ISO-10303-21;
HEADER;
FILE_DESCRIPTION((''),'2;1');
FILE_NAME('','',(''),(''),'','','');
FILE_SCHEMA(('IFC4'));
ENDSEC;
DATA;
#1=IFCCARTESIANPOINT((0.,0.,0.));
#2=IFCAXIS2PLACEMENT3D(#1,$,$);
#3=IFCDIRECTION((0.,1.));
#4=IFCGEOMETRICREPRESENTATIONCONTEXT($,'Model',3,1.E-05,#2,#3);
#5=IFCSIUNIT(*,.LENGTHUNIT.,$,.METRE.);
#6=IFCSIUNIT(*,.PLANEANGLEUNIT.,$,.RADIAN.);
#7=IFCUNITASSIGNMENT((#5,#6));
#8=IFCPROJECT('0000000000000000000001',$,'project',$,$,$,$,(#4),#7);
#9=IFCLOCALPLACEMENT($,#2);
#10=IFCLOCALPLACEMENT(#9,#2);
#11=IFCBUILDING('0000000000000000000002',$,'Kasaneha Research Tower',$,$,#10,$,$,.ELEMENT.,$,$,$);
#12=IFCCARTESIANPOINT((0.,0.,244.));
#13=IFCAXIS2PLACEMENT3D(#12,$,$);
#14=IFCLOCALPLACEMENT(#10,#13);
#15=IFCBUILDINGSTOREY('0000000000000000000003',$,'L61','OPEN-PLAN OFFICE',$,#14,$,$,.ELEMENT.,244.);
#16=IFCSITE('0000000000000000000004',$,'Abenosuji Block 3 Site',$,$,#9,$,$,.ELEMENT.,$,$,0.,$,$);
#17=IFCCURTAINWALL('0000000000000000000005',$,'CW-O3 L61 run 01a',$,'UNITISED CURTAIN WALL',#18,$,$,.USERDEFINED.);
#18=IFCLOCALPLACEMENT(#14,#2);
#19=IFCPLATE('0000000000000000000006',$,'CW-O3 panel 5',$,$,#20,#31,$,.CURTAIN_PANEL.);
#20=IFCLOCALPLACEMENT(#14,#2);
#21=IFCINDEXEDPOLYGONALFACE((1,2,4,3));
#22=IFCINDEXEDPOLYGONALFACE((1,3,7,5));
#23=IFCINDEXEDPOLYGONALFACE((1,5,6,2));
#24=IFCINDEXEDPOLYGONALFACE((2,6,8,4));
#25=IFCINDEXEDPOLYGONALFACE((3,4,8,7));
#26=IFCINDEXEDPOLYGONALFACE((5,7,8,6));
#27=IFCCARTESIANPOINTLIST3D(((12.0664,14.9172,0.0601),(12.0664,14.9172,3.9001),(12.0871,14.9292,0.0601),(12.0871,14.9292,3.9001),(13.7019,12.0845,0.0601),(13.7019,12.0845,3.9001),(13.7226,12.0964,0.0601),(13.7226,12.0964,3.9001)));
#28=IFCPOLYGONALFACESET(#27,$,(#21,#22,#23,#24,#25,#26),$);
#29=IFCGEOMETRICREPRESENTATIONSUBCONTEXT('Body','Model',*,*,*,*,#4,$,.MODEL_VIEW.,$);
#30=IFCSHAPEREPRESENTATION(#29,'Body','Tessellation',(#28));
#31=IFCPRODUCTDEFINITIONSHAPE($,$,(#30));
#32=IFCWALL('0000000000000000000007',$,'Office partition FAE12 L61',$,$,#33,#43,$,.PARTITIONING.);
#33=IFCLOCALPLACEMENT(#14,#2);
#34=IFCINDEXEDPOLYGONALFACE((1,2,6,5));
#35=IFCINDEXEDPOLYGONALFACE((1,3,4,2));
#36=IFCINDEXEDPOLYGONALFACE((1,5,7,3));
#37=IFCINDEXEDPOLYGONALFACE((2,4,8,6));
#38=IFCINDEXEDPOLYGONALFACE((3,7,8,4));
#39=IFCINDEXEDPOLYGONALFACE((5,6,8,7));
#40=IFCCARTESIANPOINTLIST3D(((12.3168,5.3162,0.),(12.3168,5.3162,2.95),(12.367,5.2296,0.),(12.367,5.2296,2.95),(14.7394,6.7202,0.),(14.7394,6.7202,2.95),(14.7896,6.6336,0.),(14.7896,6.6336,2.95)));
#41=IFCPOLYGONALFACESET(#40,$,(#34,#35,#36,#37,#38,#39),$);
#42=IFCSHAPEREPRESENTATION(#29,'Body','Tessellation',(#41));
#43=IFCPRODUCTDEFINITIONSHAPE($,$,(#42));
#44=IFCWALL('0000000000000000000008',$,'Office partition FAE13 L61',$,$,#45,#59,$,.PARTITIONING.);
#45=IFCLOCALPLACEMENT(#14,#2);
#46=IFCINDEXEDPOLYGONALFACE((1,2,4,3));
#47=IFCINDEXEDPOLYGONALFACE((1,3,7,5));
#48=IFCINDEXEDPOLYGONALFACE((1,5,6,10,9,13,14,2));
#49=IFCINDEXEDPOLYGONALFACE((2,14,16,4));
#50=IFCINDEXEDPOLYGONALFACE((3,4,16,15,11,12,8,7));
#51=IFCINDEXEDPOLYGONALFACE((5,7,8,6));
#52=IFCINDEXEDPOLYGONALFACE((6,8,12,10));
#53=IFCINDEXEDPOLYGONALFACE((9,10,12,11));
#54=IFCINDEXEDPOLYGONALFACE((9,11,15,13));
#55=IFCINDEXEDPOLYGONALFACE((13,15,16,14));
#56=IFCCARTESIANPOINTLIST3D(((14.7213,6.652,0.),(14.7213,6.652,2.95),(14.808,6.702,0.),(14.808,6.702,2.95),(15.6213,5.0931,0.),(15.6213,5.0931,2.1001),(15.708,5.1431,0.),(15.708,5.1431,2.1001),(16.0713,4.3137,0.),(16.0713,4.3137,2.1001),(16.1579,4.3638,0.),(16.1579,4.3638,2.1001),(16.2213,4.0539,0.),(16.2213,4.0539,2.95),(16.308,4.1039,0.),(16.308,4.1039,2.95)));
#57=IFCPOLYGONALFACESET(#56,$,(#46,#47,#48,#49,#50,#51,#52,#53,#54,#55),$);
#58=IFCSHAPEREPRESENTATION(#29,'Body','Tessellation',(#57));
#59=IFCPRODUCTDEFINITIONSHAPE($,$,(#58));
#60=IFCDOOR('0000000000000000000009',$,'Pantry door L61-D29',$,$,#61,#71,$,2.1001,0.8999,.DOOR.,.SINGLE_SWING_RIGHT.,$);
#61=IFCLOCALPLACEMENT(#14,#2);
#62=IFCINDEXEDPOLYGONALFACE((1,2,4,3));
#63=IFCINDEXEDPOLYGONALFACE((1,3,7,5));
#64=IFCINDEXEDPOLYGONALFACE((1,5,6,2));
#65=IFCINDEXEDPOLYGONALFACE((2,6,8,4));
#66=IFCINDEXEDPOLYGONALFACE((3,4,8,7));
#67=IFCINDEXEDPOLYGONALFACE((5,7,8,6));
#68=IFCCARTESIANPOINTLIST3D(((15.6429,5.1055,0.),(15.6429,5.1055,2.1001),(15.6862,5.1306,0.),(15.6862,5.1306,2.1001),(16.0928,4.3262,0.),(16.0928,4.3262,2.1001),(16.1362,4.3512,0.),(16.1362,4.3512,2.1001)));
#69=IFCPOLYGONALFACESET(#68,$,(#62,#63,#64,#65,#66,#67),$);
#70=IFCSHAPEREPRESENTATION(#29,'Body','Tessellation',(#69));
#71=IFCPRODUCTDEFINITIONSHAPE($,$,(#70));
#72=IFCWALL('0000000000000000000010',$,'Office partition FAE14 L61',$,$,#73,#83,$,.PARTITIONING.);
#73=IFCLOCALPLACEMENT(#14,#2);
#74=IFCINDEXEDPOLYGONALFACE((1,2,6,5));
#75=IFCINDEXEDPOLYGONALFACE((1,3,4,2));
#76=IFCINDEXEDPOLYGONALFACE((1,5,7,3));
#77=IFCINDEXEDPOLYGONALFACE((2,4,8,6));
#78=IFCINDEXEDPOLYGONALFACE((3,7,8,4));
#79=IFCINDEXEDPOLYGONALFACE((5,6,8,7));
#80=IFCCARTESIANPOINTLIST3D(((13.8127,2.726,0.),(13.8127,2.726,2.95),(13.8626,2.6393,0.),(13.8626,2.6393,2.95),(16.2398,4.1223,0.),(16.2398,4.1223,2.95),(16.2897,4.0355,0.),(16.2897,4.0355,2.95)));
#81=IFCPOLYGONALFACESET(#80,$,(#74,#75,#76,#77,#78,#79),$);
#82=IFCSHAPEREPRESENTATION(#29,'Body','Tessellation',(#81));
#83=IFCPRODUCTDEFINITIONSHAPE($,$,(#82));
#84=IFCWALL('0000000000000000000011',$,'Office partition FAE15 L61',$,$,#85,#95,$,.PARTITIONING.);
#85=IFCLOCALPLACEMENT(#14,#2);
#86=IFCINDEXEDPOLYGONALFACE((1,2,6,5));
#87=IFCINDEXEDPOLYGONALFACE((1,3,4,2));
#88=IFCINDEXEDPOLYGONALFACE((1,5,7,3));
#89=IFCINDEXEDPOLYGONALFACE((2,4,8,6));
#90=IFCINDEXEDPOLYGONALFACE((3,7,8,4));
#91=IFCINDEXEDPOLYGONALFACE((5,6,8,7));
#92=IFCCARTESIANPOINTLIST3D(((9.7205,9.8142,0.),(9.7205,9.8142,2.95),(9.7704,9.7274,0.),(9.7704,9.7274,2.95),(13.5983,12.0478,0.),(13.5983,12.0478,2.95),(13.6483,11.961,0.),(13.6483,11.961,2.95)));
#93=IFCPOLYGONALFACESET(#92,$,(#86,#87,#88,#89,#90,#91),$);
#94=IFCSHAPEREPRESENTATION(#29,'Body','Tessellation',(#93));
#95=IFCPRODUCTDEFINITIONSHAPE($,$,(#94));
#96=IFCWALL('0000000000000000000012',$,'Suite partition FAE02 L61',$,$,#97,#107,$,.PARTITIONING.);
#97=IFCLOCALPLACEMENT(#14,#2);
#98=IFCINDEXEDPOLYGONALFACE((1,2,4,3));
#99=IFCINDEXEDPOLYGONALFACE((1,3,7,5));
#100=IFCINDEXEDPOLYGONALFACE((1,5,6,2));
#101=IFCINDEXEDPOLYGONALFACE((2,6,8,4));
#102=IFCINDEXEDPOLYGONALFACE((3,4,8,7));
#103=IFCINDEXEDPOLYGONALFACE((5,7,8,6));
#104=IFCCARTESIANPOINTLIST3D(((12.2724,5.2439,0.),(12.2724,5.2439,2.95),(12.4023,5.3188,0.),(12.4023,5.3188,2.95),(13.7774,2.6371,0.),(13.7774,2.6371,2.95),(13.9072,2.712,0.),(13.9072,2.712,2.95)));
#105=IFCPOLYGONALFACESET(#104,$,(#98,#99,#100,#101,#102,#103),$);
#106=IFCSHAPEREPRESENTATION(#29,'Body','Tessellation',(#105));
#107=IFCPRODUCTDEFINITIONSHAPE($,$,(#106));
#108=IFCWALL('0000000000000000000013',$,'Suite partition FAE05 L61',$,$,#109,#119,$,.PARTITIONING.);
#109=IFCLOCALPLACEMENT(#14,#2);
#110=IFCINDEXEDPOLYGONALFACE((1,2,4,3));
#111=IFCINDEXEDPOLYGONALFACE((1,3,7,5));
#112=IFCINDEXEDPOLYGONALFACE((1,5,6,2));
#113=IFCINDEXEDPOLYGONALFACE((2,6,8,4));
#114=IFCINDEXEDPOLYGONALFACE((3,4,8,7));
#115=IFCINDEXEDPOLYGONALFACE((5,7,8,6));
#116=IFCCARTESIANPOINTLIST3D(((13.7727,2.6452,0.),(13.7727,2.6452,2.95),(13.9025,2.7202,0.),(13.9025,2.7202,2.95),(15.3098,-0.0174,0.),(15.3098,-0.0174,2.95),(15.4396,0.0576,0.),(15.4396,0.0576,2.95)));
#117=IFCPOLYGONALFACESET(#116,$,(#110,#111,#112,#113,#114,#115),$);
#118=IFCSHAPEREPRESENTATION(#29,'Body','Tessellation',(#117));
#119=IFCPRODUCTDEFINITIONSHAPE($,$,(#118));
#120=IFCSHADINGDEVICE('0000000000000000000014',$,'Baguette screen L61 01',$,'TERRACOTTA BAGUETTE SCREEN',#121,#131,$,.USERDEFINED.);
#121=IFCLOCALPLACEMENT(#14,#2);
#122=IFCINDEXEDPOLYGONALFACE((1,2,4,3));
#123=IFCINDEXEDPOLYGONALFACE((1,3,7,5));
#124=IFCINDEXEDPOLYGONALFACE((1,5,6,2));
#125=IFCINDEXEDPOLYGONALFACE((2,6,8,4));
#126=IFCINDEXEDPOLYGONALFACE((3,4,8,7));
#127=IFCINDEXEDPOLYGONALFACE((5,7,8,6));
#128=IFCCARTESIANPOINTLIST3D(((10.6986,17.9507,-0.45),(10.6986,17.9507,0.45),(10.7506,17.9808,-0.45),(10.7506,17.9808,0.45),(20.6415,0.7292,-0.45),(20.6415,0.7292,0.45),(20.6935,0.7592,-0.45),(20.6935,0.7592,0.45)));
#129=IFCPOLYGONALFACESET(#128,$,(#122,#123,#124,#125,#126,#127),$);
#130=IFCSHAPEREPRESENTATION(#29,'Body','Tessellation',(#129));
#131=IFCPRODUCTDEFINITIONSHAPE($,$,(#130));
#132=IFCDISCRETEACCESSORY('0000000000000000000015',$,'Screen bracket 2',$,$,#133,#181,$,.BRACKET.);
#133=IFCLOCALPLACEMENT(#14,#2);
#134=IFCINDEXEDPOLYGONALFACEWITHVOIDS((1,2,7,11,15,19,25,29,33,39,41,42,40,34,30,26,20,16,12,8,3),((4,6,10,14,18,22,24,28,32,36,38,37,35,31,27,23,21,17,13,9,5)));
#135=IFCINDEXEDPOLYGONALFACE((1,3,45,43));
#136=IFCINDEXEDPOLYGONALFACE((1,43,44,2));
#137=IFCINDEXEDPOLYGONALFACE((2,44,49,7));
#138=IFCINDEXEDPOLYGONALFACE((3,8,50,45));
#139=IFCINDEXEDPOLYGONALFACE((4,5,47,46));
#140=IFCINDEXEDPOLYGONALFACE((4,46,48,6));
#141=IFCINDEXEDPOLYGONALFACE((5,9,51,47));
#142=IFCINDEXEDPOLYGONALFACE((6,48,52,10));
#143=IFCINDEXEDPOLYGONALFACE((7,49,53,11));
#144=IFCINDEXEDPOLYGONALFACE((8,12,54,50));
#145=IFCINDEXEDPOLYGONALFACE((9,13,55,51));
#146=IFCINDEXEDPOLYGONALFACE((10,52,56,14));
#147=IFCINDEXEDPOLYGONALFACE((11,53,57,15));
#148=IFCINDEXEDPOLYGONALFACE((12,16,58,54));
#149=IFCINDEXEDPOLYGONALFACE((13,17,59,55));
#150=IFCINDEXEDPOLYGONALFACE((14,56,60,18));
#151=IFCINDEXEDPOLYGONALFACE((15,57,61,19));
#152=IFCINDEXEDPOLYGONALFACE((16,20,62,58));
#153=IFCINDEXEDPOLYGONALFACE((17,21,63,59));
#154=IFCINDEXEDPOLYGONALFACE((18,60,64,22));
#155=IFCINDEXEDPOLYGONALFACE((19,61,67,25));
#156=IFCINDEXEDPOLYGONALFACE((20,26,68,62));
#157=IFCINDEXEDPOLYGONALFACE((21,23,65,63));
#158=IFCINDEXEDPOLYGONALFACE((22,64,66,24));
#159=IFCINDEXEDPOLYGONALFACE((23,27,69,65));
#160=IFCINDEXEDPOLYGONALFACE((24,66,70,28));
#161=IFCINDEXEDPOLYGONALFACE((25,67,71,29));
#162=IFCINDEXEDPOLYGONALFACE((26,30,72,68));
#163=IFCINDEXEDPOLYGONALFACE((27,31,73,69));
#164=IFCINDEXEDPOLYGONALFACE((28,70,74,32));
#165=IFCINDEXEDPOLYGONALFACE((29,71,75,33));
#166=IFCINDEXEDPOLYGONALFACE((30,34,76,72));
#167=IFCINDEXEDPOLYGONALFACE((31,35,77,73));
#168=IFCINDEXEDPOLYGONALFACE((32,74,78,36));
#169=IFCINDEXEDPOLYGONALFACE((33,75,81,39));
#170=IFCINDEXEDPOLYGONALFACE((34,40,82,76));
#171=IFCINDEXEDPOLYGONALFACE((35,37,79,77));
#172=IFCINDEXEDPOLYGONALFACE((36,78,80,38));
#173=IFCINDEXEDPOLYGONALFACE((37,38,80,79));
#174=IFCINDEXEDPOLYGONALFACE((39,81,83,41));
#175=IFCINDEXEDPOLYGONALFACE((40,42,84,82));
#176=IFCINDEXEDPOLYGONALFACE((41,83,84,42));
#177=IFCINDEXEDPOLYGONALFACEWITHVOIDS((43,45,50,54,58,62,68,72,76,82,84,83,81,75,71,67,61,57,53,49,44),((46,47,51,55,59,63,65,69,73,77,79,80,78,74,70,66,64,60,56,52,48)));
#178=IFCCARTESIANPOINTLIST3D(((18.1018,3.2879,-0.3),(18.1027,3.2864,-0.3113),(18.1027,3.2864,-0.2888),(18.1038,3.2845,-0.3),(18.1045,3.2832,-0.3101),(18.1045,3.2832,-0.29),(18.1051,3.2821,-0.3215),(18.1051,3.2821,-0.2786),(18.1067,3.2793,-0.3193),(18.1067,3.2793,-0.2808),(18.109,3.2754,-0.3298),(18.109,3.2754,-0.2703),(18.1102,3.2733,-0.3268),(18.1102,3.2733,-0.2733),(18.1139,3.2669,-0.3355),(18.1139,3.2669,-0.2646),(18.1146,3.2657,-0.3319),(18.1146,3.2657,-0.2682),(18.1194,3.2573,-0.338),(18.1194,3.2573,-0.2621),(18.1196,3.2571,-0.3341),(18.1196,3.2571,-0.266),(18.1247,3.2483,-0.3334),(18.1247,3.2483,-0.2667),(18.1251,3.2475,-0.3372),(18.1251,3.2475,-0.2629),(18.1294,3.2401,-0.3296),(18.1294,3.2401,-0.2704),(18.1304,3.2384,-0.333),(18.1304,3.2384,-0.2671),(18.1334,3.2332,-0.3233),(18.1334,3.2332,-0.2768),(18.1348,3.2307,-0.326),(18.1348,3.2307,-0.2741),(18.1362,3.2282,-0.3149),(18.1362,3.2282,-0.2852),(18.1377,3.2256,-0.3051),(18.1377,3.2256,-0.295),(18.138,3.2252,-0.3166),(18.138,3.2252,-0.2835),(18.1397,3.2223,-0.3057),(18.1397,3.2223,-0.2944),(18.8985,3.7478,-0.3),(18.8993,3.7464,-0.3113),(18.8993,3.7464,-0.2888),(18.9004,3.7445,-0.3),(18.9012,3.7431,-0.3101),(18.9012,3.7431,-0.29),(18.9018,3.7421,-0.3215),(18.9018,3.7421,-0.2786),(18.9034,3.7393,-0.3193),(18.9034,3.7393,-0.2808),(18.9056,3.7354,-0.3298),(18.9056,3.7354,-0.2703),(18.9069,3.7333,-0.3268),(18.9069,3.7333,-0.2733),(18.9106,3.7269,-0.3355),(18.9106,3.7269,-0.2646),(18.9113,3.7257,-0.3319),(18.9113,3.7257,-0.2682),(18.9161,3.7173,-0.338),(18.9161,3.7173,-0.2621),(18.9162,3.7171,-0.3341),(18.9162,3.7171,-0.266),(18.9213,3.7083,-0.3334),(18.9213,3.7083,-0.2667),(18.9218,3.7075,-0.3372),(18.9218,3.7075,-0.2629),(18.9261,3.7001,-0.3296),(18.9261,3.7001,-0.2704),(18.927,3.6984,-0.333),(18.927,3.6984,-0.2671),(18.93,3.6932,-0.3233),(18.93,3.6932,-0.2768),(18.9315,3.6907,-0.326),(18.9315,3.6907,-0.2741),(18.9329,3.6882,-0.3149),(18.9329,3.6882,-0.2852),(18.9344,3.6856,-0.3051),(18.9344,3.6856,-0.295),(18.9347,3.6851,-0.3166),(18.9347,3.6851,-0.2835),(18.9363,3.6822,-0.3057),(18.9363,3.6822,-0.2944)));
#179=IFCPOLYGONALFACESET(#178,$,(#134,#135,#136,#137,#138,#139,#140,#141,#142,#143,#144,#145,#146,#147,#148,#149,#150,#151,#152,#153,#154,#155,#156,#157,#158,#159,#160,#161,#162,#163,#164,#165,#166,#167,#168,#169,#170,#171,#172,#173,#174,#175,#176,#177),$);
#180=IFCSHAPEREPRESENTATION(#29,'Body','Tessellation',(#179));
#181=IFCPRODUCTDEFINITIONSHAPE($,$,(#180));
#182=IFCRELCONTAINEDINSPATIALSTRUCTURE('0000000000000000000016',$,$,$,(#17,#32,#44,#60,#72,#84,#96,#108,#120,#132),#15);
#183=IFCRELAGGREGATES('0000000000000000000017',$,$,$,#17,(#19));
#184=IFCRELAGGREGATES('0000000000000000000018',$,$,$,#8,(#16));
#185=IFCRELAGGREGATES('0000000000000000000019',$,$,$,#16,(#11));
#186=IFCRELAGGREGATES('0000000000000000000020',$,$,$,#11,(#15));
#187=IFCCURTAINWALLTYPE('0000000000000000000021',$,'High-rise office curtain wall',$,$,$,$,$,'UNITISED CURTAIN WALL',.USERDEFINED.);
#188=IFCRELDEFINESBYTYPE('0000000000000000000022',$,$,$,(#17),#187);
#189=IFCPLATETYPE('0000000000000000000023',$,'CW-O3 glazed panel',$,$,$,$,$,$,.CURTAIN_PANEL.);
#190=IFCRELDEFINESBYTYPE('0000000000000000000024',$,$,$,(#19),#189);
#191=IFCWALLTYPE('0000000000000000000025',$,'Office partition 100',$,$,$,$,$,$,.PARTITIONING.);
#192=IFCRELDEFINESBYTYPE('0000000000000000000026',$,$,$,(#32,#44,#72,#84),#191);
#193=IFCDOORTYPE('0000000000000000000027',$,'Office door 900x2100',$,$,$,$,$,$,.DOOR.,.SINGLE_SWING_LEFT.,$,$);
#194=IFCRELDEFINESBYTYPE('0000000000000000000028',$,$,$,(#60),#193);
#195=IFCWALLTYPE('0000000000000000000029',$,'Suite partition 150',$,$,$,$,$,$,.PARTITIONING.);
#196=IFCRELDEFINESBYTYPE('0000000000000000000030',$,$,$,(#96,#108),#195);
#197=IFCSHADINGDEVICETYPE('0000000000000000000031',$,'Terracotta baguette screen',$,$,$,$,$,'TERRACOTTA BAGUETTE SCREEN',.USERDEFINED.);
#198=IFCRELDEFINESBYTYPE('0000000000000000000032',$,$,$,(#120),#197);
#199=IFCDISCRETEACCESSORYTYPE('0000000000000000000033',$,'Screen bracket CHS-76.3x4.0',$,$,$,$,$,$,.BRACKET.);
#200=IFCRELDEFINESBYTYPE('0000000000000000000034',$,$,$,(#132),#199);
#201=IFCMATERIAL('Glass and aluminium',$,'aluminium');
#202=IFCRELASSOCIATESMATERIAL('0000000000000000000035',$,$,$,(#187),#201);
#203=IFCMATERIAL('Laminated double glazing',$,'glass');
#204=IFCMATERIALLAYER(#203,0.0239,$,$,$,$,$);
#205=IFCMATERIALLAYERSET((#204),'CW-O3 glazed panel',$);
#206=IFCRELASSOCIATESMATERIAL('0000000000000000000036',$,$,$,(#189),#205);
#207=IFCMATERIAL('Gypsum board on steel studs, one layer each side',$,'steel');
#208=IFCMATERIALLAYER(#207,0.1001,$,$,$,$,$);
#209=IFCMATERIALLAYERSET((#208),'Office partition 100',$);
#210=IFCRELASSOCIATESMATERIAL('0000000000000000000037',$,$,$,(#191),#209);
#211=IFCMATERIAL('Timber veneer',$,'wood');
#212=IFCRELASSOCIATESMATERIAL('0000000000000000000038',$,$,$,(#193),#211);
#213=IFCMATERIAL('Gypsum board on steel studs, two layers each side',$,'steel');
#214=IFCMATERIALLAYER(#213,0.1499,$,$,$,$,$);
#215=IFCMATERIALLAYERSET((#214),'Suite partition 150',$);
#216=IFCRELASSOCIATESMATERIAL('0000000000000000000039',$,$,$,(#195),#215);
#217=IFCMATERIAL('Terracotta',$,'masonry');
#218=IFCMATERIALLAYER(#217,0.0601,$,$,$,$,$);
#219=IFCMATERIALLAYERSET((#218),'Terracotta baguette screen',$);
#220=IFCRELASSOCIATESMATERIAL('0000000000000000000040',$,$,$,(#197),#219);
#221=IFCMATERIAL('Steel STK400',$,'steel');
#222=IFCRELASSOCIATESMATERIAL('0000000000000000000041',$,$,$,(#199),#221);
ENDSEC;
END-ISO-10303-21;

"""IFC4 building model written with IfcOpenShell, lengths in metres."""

from ifc_helpers import new_model, si_unit, direction, frame, frame_2d, origin, origin_2d, place, context, subcontext, project, spatial, rectangle, hollow_circle, extrude, material, layer, layer_set, material_profile, profile_set, type_object, element, fill, aggregate, save


model = new_model("IFC4")

# Units and contexts
model_context = context("Model", 3, precision=1e-05, world=origin(), true_north=direction((0.0, 1.0)))
body_context = subcontext(model_context, "Body", "Model", "MODEL_VIEW")
ifc_project = project(units=[si_unit("LENGTHUNIT", "METRE"), si_unit("PLANEANGLEUNIT", "RADIAN")], contexts=[model_context])

# Site, building, storey
site_placement = place(None, origin())
site = spatial("IfcSite", under=ifc_project, at=site_placement, Name="Abenosuji Block 3 Site", CompositionType="ELEMENT", RefElevation=0.0)
building_placement = place(site_placement, origin())
building = spatial("IfcBuilding", under=site, at=building_placement, Name="Kasaneha Research Tower", CompositionType="ELEMENT")
storey_placement = place(building_placement, frame((0.0, 0.0, 244.0)))
storey = spatial("IfcBuildingStorey", under=building, at=storey_placement, Name="L61", Description="OPEN-PLAN OFFICE", CompositionType="ELEMENT", Elevation=244.0)

# Curtain wall, plate
ifc_material_1 = material(Name="Glass and aluminium", Category="aluminium")
curtain_wall_type = type_object("IfcCurtainWallType", Name="High-rise office curtain wall", ElementType="UNITISED CURTAIN WALL", PredefinedType="USERDEFINED", material=ifc_material_1)
curtain_wall_placement = place(storey_placement, origin())
curtain_wall = element("IfcCurtainWall", 1, at=curtain_wall_placement, inside=storey, type_object=curtain_wall_type, Name="CW-O3 L61 run 01a", ObjectType="UNITISED CURTAIN WALL", PredefinedType="USERDEFINED")
ifc_material_2 = material(Name="Laminated double glazing", Category="glass")
ifc_layer_1 = layer(ifc_material_2, 0.0239)
ifc_layer_set_1 = layer_set([ifc_layer_1], Name="CW-O3 glazed panel")
plate_type = type_object("IfcPlateType", Name="CW-O3 glazed panel", PredefinedType="CURTAIN_PANEL", material=ifc_layer_set_1)
plate_1_placement = place(storey_placement, frame((12.8945, 13.5068, 0.0601), z_axis=(0.0, 0.0, 1.0), x_axis=(-0.5, 0.866025, 0.0)))
plate_1 = element("IfcPlate", 2, at=plate_1_placement, type_object=plate_type, Name="CW-O3 panel 5", PredefinedType="CURTAIN_PANEL", context=body_context, shape_type="SweptSolid", body=[
    extrude(rectangle(XDim=3.271, YDim=0.0239, at=origin_2d()), origin(), (0.0, 0.0, 1.0), 3.8401),
])
aggregate(curtain_wall, [plate_1])

# Wall
ifc_material_3 = material(Name="Gypsum board on steel studs, one layer each side", Category="steel")
ifc_layer_2 = layer(ifc_material_3, 0.1001)
ifc_layer_set_2 = layer_set([ifc_layer_2], Name="Office partition 100")
wall_type_1 = type_object("IfcWallType", Name="Office partition 100", PredefinedType="PARTITIONING", material=ifc_layer_set_2)
wall_1_placement = place(storey_placement, frame((12.342, 5.2729, 0.0), z_axis=(0.0, 0.0, 1.0), x_axis=(0.865195, 0.501435, 0.0)))
element("IfcWall", 3, at=wall_1_placement, inside=storey, type_object=wall_type_1, Name="Office partition FAE12 L61", PredefinedType="PARTITIONING", context=body_context, shape_type="SweptSolid", body=[
    extrude(rectangle(XDim=2.8, YDim=0.1001, at=frame_2d((1.3999, 0.0))), origin(), (0.0, 0.0, 1.0), 2.95),
])

# Wall, opening, door
wall_2_placement = place(storey_placement, frame((14.7646, 6.677, 0.0), z_axis=(0.0, 0.0, 1.0), x_axis=(0.49999, -0.866031, 0.0)))
wall_2 = element("IfcWall", 4, at=wall_2_placement, inside=storey, type_object=wall_type_1, Name="Office partition FAE13 L61", PredefinedType="PARTITIONING", context=body_context, shape_type="SweptSolid", body=[
    extrude(rectangle(XDim=3.0, YDim=0.1001, at=frame_2d((1.5, 0.0))), origin(), (0.0, 0.0, 1.0), 2.95),
])
opening_placement = place(wall_2_placement, frame((1.8, 0.0, 0.0)))
opening = element("IfcOpeningElement", 5, at=opening_placement, cuts=wall_2, PredefinedType="OPENING", context=body_context, shape_type="SweptSolid", body=[
    extrude(rectangle(XDim=0.8999, YDim=2.1001, at=frame_2d((0.45, 1.05))), frame((0.0, 0.0601, 0.0), z_axis=(0.0, -1.0, 0.0), x_axis=(1.0, 0.0, 0.0)), (0.0, 0.0, 1.0), 0.1201),
])
ifc_material_4 = material(Name="Timber veneer", Category="wood")
door_type = type_object("IfcDoorType", Name="Office door 900x2100", OperationType="SINGLE_SWING_LEFT", PredefinedType="DOOR", material=ifc_material_4)
door_placement = place(opening_placement, origin())
door = element("IfcDoor", 6, at=door_placement, inside=storey, type_object=door_type, Name="Pantry door L61-D29", OperationType="SINGLE_SWING_RIGHT", OverallHeight=2.1001, OverallWidth=0.8999, PredefinedType="DOOR", context=body_context, shape_type="SweptSolid", body=[
    extrude(rectangle(XDim=0.8999, YDim=2.1001, at=frame_2d((0.45, 1.05))), frame((0.0, 0.0249, 0.0), z_axis=(0.0, -1.0, 0.0), x_axis=(1.0, 0.0, 0.0)), (0.0, 0.0, 1.0), 0.05),
])
fill(opening, door)

# Walls
wall_3_placement = place(storey_placement, frame((16.2646, 4.0789, 0.0), z_axis=(0.0, 0.0, 1.0), x_axis=(-0.866796, -0.498663, 0.0)))
element("IfcWall", 7, at=wall_3_placement, inside=storey, type_object=wall_type_1, Name="Office partition FAE14 L61", PredefinedType="PARTITIONING", context=body_context, shape_type="SweptSolid", body=[
    extrude(rectangle(XDim=2.8, YDim=0.1001, at=frame_2d((1.3999, 0.0))), origin(), (0.0, 0.0, 1.0), 2.95),
])
wall_4_placement = place(storey_placement, frame((13.6233, 12.0044, 0.0), z_axis=(0.0, 0.0, 1.0), x_axis=(-0.866536, -0.499115, 0.0)))
element("IfcWall", 8, at=wall_4_placement, inside=storey, type_object=wall_type_1, Name="Office partition FAE15 L61", PredefinedType="PARTITIONING", context=body_context, shape_type="SweptSolid", body=[
    extrude(rectangle(XDim=4.4751, YDim=0.1001, at=frame_2d((2.2375, 0.0))), origin(), (0.0, 0.0, 1.0), 2.95),
])
ifc_material_5 = material(Name="Gypsum board on steel studs, two layers each side", Category="steel")
ifc_layer_3 = layer(ifc_material_5, 0.1499)
ifc_layer_set_3 = layer_set([ifc_layer_3], Name="Suite partition 150")
wall_type_2 = type_object("IfcWallType", Name="Suite partition 150", PredefinedType="PARTITIONING", material=ifc_layer_set_3)
wall_5_placement = place(storey_placement, frame((12.3374, 5.2812, 0.0), z_axis=(0.0, 0.0, 1.0), x_axis=(0.499978, -0.866038, 0.0)))
element("IfcWall", 9, at=wall_5_placement, inside=storey, type_object=wall_type_2, Name="Suite partition FAE02 L61", PredefinedType="PARTITIONING", context=body_context, shape_type="SweptSolid", body=[
    extrude(rectangle(XDim=3.01, YDim=0.1499, at=frame_2d((1.5049, 0.0))), origin(), (0.0, 0.0, 1.0), 2.95),
])
wall_6_placement = place(storey_placement, frame((13.8376, 2.6826, 0.0), z_axis=(0.0, 0.0, 1.0), x_axis=(0.499965, -0.866045, 0.0)))
element("IfcWall", 10, at=wall_6_placement, inside=storey, type_object=wall_type_2, Name="Suite partition FAE05 L61", PredefinedType="PARTITIONING", context=body_context, shape_type="SweptSolid", body=[
    extrude(rectangle(XDim=3.0745, YDim=0.1499, at=frame_2d((1.5371, 0.0))), origin(), (0.0, 0.0, 1.0), 2.95),
])

# Shading device
ifc_material_6 = material(Name="Terracotta", Category="masonry")
ifc_layer_4 = layer(ifc_material_6, 0.0601)
ifc_layer_set_4 = layer_set([ifc_layer_4], Name="Terracotta baguette screen")
shading_device_type = type_object("IfcShadingDeviceType", Name="Terracotta baguette screen", ElementType="TERRACOTTA BAGUETTE SCREEN", PredefinedType="USERDEFINED", material=ifc_layer_set_4)
shading_device_placement = place(storey_placement, frame((15.696, 9.355, -0.45), z_axis=(0.0, 0.0, 1.0), x_axis=(-0.5, 0.866025, 0.0)))
element("IfcShadingDevice", 11, at=shading_device_placement, inside=storey, type_object=shading_device_type, Name="Baguette screen L61 01", ObjectType="TERRACOTTA BAGUETTE SCREEN", PredefinedType="USERDEFINED", context=body_context, shape_type="SweptSolid", body=[
    extrude(rectangle(XDim=19.8857, YDim=0.0601, at=origin_2d()), origin(), (0.0, 0.0, 1.0), 0.8999),
])

# Discrete accessory
ifc_material_7 = material(Name="Steel STK400", Category="steel")
ifc_material_profile_1 = material_profile(ifc_material_7, hollow_circle(Radius=0.0381, WallThickness=0.0039, at=origin_2d()), Name="CHS-76.3x4.0")
ifc_profile_set_1 = profile_set([ifc_material_profile_1], Name="Steel STK400")
discrete_accessory_type = type_object("IfcDiscreteAccessoryType", Name="Screen bracket CHS-76.3x4.0", PredefinedType="BRACKET", material=ifc_profile_set_1)
for number, where, z_axis, x_axis, name in (
    (12, (18.1208, 3.2549, -0.3), (0.866013, 0.500021, 0.0), (-0.500021, 0.866013, 0.0), "Screen bracket 2"),
):
    element("IfcDiscreteAccessory", number, at=place(storey_placement, frame(where, z_axis=z_axis, x_axis=x_axis)), inside=storey, type_object=discrete_accessory_type, Name=name, PredefinedType="BRACKET", context=body_context, shape_type="SweptSolid", body=[
        extrude(hollow_circle(Radius=0.0381, WallThickness=0.0039, at=origin_2d()), origin(), (0.0, 0.0, 1.0), 0.9199),
    ])

save(model, "model.ifc")
